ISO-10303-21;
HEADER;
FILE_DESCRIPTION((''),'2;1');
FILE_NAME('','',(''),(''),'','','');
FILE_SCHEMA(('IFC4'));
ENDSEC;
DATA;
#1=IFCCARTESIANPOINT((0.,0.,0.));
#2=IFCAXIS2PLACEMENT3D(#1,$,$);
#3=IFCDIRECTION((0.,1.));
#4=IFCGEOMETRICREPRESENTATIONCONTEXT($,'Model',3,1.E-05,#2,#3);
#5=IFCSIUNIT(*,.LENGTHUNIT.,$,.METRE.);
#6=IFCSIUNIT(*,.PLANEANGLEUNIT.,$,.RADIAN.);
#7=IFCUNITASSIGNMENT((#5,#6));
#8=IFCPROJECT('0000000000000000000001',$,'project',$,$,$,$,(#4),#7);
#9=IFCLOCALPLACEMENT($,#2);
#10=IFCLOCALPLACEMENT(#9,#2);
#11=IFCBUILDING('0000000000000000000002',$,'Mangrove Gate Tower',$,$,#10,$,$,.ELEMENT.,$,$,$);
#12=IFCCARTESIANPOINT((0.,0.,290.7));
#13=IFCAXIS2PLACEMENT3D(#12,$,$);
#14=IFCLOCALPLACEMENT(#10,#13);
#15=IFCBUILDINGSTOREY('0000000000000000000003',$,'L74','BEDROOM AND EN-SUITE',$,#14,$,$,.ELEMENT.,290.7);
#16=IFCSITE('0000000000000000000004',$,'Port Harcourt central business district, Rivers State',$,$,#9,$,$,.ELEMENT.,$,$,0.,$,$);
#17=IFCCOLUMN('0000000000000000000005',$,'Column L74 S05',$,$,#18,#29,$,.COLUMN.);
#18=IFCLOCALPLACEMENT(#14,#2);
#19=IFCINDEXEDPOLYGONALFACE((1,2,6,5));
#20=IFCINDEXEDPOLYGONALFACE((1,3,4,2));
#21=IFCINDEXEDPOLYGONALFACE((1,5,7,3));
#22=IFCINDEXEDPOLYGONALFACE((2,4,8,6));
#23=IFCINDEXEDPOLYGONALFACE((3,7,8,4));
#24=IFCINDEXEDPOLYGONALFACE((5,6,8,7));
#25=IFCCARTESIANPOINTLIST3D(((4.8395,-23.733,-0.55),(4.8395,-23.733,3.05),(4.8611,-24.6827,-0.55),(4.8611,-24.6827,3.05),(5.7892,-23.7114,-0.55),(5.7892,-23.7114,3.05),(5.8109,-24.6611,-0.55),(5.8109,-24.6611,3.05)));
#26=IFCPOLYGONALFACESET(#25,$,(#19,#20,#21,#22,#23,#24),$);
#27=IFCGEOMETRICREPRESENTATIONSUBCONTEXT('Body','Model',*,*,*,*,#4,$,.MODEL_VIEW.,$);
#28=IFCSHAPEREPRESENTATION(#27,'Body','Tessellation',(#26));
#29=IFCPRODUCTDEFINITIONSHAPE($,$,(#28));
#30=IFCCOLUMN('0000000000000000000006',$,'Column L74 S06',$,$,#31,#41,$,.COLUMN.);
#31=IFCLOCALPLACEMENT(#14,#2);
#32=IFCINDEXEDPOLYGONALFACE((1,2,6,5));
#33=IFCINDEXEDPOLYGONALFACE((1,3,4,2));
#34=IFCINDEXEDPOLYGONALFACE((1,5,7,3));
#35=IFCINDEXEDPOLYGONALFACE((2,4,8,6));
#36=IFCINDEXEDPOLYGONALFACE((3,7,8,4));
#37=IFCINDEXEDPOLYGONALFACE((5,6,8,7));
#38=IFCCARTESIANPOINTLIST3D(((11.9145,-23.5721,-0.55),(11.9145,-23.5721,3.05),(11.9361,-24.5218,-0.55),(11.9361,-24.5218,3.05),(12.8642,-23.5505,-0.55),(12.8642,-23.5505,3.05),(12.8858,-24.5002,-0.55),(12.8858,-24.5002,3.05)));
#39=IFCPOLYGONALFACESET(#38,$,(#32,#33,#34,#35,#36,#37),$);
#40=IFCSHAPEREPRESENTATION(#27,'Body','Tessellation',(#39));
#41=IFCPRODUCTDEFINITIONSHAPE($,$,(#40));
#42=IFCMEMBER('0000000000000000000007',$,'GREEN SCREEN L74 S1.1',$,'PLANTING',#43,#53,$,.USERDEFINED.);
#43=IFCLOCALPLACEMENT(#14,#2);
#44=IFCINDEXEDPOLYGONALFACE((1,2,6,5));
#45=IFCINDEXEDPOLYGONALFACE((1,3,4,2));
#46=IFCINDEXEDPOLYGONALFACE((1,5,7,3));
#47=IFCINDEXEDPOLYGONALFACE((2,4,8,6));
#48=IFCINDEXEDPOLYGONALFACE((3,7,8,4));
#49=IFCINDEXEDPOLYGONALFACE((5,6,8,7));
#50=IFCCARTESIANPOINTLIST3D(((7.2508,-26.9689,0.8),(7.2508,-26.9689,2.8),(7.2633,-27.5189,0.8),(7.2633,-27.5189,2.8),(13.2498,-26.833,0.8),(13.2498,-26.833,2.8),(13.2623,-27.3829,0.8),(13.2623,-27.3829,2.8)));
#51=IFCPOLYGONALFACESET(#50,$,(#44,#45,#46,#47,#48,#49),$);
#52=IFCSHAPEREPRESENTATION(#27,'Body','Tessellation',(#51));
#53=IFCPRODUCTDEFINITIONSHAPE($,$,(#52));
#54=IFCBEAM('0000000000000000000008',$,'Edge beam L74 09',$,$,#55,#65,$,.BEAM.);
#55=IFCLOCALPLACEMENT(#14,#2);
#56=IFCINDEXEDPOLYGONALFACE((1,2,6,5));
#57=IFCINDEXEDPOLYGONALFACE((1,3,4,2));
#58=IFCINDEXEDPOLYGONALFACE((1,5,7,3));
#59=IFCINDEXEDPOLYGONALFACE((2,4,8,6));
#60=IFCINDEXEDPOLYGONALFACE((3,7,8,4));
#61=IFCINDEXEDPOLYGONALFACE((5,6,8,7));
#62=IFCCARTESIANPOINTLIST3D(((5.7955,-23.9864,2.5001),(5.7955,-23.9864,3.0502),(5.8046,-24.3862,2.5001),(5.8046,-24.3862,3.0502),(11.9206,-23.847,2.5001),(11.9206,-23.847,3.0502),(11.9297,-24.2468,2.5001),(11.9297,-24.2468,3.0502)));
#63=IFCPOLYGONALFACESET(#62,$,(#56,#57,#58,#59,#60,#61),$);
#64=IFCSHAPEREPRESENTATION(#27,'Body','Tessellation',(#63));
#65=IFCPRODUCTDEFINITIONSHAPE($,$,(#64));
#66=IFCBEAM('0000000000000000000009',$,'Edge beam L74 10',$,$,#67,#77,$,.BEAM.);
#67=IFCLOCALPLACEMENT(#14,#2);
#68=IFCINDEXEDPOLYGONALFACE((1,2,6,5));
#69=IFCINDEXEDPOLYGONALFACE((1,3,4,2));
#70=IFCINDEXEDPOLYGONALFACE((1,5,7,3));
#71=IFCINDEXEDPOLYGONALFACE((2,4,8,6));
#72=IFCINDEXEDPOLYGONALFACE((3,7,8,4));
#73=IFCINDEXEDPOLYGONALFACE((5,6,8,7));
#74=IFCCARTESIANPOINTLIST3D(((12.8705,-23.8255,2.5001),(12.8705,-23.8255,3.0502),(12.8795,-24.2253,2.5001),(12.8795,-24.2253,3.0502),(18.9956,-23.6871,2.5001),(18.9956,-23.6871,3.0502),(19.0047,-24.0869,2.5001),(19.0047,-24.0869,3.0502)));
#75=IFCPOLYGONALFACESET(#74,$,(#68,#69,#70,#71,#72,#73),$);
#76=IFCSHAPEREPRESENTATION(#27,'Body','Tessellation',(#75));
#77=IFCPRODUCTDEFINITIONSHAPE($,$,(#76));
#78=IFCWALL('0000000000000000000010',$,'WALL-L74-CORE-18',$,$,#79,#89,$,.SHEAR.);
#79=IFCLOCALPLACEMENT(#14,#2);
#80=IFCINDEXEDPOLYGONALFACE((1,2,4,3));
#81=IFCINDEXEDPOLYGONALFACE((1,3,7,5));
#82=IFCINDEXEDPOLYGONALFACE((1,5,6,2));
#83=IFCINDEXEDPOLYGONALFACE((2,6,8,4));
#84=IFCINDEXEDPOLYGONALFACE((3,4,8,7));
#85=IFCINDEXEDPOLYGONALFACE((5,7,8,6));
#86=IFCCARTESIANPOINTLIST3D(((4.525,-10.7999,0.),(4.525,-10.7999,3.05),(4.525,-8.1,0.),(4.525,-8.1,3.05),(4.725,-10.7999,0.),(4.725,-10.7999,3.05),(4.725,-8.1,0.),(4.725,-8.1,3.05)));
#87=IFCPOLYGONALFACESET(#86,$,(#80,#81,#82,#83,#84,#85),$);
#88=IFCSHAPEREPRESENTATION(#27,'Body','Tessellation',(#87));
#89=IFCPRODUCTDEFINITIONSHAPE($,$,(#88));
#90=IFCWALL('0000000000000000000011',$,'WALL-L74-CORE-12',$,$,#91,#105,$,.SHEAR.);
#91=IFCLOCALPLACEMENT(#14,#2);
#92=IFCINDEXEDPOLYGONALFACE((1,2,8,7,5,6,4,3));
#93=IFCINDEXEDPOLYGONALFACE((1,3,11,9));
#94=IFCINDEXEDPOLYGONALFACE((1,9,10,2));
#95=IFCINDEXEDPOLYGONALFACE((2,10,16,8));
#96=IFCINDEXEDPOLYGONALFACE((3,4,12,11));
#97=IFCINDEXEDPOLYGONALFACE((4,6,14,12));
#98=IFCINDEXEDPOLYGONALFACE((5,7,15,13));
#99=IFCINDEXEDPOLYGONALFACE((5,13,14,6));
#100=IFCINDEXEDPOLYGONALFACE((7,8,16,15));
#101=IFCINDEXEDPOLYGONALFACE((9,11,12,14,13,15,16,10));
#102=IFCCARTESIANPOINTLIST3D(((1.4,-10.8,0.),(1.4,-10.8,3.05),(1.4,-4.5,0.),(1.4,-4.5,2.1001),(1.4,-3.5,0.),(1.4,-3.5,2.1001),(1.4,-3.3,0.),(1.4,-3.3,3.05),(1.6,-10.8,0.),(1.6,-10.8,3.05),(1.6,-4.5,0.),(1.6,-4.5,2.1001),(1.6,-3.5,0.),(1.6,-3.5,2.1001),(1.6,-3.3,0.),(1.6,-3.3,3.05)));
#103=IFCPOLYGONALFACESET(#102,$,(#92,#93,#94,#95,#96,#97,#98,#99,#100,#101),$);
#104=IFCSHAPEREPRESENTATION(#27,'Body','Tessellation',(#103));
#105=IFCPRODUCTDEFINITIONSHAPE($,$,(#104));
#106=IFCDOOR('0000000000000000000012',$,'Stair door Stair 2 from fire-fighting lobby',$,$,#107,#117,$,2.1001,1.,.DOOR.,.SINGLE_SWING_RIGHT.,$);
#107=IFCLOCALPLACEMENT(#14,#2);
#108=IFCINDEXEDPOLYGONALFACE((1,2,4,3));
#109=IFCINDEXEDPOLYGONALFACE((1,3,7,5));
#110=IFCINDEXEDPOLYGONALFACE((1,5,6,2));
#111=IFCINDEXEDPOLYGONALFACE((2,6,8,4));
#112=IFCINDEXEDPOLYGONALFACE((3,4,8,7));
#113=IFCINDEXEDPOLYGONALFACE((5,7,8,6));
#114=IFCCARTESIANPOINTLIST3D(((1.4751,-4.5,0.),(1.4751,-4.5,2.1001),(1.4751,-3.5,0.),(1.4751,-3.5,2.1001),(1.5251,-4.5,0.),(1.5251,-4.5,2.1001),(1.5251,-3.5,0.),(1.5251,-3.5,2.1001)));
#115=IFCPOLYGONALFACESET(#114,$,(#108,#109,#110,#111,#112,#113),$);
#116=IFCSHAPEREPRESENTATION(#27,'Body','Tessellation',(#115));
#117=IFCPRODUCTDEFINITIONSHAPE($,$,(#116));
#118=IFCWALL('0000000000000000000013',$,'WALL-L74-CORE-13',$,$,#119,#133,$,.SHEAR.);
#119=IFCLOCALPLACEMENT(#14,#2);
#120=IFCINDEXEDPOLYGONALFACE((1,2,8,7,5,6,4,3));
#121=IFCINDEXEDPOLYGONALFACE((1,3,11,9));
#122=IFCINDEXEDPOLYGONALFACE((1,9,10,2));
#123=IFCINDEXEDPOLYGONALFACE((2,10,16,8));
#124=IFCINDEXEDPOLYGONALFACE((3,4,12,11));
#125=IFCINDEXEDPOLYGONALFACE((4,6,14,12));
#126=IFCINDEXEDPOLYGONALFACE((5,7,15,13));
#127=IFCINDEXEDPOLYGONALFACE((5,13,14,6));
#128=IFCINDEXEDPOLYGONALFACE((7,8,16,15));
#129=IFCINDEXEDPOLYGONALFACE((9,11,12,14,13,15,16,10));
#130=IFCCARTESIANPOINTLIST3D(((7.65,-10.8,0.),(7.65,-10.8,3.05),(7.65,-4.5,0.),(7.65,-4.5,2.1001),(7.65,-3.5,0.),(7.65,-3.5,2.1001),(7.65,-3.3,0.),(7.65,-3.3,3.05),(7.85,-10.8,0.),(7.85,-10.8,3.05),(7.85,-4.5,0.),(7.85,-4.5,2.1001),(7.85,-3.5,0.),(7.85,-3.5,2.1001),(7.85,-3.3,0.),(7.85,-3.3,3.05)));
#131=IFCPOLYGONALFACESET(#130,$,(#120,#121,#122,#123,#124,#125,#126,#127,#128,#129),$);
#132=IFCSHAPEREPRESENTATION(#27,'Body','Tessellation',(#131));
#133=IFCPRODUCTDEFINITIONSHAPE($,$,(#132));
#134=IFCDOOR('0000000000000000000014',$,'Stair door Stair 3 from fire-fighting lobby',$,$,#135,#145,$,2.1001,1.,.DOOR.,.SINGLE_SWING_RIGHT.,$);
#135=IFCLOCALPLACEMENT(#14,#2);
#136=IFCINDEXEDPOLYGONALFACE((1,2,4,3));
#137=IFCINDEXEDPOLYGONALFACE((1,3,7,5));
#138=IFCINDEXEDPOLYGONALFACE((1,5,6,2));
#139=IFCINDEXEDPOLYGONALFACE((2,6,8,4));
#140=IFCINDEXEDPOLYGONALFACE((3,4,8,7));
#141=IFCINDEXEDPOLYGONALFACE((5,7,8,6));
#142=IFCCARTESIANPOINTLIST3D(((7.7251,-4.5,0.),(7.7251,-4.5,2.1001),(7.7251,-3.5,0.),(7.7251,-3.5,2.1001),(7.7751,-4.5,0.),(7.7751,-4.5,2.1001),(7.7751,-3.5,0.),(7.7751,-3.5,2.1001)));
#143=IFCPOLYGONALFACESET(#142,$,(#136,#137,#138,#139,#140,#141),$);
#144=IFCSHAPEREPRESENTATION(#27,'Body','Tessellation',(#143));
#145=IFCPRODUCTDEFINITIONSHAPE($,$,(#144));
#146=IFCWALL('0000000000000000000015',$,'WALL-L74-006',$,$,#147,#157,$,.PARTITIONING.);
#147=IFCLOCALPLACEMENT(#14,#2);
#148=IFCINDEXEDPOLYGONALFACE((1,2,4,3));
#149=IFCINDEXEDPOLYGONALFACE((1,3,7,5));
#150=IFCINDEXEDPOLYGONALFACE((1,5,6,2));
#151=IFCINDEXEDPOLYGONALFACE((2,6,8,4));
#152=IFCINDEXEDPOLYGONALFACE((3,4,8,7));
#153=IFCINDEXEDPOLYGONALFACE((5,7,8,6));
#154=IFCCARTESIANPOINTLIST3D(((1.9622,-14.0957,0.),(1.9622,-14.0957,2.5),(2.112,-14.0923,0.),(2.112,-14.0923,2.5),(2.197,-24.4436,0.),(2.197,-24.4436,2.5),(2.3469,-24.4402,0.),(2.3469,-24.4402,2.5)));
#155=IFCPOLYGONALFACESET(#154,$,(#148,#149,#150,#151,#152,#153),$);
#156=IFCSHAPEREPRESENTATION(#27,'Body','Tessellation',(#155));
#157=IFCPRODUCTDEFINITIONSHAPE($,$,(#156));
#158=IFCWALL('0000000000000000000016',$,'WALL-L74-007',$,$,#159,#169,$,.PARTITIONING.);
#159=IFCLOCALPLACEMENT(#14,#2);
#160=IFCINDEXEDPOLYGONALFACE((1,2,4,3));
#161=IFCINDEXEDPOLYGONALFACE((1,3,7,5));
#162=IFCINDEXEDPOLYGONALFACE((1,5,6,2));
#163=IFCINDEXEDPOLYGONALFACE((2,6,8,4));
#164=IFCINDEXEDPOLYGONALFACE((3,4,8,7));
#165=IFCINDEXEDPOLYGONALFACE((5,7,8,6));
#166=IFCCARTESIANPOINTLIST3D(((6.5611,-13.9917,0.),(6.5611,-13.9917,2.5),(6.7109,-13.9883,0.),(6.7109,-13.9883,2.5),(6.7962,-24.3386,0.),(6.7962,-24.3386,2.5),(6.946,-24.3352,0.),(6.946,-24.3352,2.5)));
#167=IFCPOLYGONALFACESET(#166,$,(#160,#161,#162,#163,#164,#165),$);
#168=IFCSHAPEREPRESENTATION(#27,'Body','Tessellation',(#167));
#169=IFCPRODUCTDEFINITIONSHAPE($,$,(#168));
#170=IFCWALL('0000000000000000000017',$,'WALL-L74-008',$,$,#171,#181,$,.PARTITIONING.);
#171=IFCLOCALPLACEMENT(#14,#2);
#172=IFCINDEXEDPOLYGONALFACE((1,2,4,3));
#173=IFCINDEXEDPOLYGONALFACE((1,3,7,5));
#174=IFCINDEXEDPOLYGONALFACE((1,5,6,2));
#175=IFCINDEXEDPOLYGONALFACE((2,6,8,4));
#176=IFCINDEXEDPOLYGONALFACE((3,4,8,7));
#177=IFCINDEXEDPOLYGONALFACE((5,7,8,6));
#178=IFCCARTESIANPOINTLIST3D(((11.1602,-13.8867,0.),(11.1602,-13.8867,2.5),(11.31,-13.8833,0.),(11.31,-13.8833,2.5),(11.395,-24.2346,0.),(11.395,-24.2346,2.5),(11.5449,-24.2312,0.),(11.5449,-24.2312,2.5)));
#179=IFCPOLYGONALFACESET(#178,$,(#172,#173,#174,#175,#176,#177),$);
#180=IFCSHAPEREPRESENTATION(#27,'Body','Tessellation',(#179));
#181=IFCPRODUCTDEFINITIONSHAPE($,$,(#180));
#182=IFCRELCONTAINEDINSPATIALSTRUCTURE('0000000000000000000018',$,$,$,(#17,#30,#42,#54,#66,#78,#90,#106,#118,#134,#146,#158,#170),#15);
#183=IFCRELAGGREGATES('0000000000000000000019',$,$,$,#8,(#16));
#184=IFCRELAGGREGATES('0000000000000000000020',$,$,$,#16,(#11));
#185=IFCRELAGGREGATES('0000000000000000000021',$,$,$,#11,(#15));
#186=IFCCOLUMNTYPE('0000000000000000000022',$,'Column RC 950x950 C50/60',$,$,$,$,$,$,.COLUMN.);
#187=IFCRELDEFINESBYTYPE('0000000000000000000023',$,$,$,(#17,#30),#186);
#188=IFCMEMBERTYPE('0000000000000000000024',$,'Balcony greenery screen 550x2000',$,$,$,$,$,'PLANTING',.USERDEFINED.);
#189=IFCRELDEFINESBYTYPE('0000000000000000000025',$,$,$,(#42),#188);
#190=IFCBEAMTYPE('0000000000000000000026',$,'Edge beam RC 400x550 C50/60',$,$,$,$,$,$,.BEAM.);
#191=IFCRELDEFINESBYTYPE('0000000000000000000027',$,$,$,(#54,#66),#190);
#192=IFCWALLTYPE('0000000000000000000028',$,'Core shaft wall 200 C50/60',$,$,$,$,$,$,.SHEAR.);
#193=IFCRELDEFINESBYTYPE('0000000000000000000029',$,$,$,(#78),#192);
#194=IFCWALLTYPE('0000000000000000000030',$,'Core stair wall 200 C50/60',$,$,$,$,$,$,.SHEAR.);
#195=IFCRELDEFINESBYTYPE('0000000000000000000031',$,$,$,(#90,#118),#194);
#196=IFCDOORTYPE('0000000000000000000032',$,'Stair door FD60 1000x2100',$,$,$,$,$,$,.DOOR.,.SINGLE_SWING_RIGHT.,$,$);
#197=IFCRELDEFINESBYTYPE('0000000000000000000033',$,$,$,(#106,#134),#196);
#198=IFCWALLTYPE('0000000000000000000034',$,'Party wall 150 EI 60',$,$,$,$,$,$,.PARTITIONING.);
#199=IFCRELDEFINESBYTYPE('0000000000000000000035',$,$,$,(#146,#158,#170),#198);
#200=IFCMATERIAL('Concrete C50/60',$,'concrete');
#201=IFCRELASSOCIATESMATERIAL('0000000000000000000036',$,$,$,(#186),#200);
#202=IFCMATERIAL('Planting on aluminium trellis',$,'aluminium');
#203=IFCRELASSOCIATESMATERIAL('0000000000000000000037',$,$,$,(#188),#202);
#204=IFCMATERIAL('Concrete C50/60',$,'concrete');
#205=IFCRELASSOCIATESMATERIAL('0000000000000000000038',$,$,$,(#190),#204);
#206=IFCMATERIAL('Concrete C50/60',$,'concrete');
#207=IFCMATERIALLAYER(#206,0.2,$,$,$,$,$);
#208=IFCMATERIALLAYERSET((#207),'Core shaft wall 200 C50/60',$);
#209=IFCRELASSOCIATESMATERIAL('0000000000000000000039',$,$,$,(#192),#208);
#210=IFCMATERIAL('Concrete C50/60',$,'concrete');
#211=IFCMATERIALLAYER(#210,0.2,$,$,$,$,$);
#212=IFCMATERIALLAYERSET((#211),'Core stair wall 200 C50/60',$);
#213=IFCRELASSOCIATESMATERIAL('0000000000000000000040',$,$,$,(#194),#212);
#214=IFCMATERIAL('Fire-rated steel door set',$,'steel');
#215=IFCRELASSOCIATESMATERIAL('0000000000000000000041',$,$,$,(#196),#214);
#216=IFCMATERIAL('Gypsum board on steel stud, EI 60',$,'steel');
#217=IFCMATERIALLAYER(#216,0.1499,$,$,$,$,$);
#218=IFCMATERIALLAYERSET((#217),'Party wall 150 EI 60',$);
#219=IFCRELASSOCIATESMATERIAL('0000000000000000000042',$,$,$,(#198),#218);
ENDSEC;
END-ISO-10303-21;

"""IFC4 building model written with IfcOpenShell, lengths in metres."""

from ifc_helpers import new_model, si_unit, direction, frame, frame_2d, origin, origin_2d, place, context, subcontext, project, spatial, rectangle, extrude, material, layer, layer_set, material_profile, profile_set, type_object, element, fill, save


model = new_model("IFC4")

# Units and contexts
model_context = context("Model", 3, precision=1e-05, world=origin(), true_north=direction((0.0, 1.0)))
body_context = subcontext(model_context, "Body", "Model", "MODEL_VIEW")
ifc_project = project(units=[si_unit("LENGTHUNIT", "METRE"), si_unit("PLANEANGLEUNIT", "RADIAN")], contexts=[model_context])

# Site, building, storey
site_placement = place(None, origin())
site = spatial("IfcSite", under=ifc_project, at=site_placement, Name="Port Harcourt central business district, Rivers State", CompositionType="ELEMENT", RefElevation=0.0)
building_placement = place(site_placement, origin())
building = spatial("IfcBuilding", under=site, at=building_placement, Name="Mangrove Gate Tower", CompositionType="ELEMENT")
storey_placement = place(building_placement, frame((0.0, 0.0, 290.7)))
storey = spatial("IfcBuildingStorey", under=building, at=storey_placement, Name="L74", Description="BEDROOM AND EN-SUITE", CompositionType="ELEMENT", Elevation=290.7)

# Columns
ifc_material_1 = material(Name="Concrete C50/60", Category="concrete")
ifc_material_profile_1 = material_profile(ifc_material_1, rectangle(XDim=0.95, YDim=0.95, at=origin_2d()))
ifc_profile_set_1 = profile_set([ifc_material_profile_1], Name="Concrete C50/60")
column_type = type_object("IfcColumnType", Name="Column RC 950x950 C50/60", PredefinedType="COLUMN", material=ifc_profile_set_1)
for number, where, z_axis, x_axis, name in (
    (1, (5.3252, -24.197, -0.55), (0.0, 0.0, 1.0), (0.999741, 0.022752, 0.0), "Column L74 S05"),
    (2, (12.4001, -24.0361, -0.55), (0.0, 0.0, 1.0), (0.999743, 0.02268, 0.0), "Column L74 S06"),
):
    element("IfcColumn", number, at=place(storey_placement, frame(where, z_axis=z_axis, x_axis=x_axis)), inside=storey, type_object=column_type, Name=name, PredefinedType="COLUMN", context=body_context, shape_type="SweptSolid", body=[
        extrude(rectangle(XDim=0.95, YDim=0.95, at=origin_2d()), origin(), (0.0, 0.0, 1.0), 3.6001),
    ])

# Member
ifc_material_2 = material(Name="Planting on aluminium trellis", Category="aluminium")
ifc_material_profile_2 = material_profile(ifc_material_2, rectangle(XDim=0.55, YDim=2.0, at=origin_2d()))
ifc_profile_set_2 = profile_set([ifc_material_profile_2], Name="Planting on aluminium trellis")
member_type = type_object("IfcMemberType", Name="Balcony greenery screen 550x2000", ElementType="PLANTING", PredefinedType="USERDEFINED", material=ifc_profile_set_2)
member_placement = place(storey_placement, frame((7.2571, -27.2439, 1.8), z_axis=(0.999743, 0.022662, 0.0), x_axis=(-0.022662, 0.999743, 0.0)))
element("IfcMember", 3, at=member_placement, inside=storey, type_object=member_type, Name="GREEN SCREEN L74 S1.1", ObjectType="PLANTING", PredefinedType="USERDEFINED", context=body_context, shape_type="SweptSolid", body=[
    extrude(rectangle(XDim=0.55, YDim=2.0, at=origin_2d()), origin(), (0.0, 0.0, 1.0), 6.0005),
])

# Beams
ifc_material_3 = material(Name="Concrete C50/60", Category="concrete")
ifc_material_profile_3 = material_profile(ifc_material_3, rectangle(XDim=0.3999, YDim=0.55, at=origin_2d()))
ifc_profile_set_3 = profile_set([ifc_material_profile_3], Name="Concrete C50/60")
beam_type = type_object("IfcBeamType", Name="Edge beam RC 400x550 C50/60", PredefinedType="BEAM", material=ifc_profile_set_3)
for number, where, z_axis, x_axis, name in (
    (4, (5.8, -24.1863, 2.7751), (0.999741, 0.022753, 0.0), (-0.022753, 0.999741, 0.0), "Edge beam L74 09"),
    (5, (12.875, -24.0254, 2.7751), (0.999745, 0.022594, 0.0), (-0.022594, 0.999745, 0.0), "Edge beam L74 10"),
):
    element("IfcBeam", number, at=place(storey_placement, frame(where, z_axis=z_axis, x_axis=x_axis)), inside=storey, type_object=beam_type, Name=name, PredefinedType="BEAM", context=body_context, shape_type="SweptSolid", body=[
        extrude(rectangle(XDim=0.3999, YDim=0.55, at=origin_2d()), origin(), (0.0, 0.0, 1.0), 6.1267),
    ])

# Wall
ifc_material_4 = material(Name="Concrete C50/60", Category="concrete")
ifc_layer_1 = layer(ifc_material_4, 0.2)
ifc_layer_set_1 = layer_set([ifc_layer_1], Name="Core shaft wall 200 C50/60")
wall_type_1 = type_object("IfcWallType", Name="Core shaft wall 200 C50/60", PredefinedType="SHEAR", material=ifc_layer_set_1)
wall_1_placement = place(storey_placement, frame((4.625, -10.8, 0.0), z_axis=(0.0, 0.0, 1.0), x_axis=(0.0, 1.0, 0.0)))
element("IfcWall", 6, at=wall_1_placement, inside=storey, type_object=wall_type_1, Name="WALL-L74-CORE-18", PredefinedType="SHEAR", context=body_context, shape_type="SweptSolid", body=[
    extrude(rectangle(XDim=2.7, YDim=0.2, at=frame_2d((1.3501, 0.0))), origin(), (0.0, 0.0, 1.0), 3.05),
])

# Walls, openings, doors
ifc_material_5 = material(Name="Concrete C50/60", Category="concrete")
ifc_layer_2 = layer(ifc_material_5, 0.2)
ifc_layer_set_2 = layer_set([ifc_layer_2], Name="Core stair wall 200 C50/60")
wall_type_2 = type_object("IfcWallType", Name="Core stair wall 200 C50/60", PredefinedType="SHEAR", material=ifc_layer_set_2)
wall_2_placement = place(storey_placement, frame((1.5, -10.8, 0.0), z_axis=(0.0, 0.0, 1.0), x_axis=(0.0, 1.0, 0.0)))
wall_2 = element("IfcWall", 7, at=wall_2_placement, inside=storey, type_object=wall_type_2, Name="WALL-L74-CORE-12", PredefinedType="SHEAR", context=body_context, shape_type="SweptSolid", body=[
    extrude(rectangle(XDim=7.5, YDim=0.2, at=frame_2d((3.75, 0.0))), origin(), (0.0, 0.0, 1.0), 3.05),
])
opening_1_placement = place(wall_2_placement, frame((6.3, 0.0, 0.0)))
opening_1 = element("IfcOpeningElement", 8, at=opening_1_placement, cuts=wall_2, PredefinedType="OPENING", context=body_context, shape_type="SweptSolid", body=[
    extrude(rectangle(XDim=1.0, YDim=2.1001, at=frame_2d((0.5, 1.05))), frame((0.0, 0.1099, 0.0), z_axis=(0.0, -1.0, 0.0), x_axis=(1.0, 0.0, 0.0)), (0.0, 0.0, 1.0), 0.22),
])
ifc_material_6 = material(Name="Fire-rated steel door set", Category="steel")
door_type_1 = type_object("IfcDoorType", Name="Stair door FD60 1000x2100", OperationType="SINGLE_SWING_RIGHT", PredefinedType="DOOR", material=ifc_material_6)
door_1_placement = place(opening_1_placement, origin())
door_1 = element("IfcDoor", 9, at=door_1_placement, inside=storey, type_object=door_type_1, Name="Stair door Stair 2 from fire-fighting lobby", OperationType="SINGLE_SWING_RIGHT", OverallHeight=2.1001, OverallWidth=1.0, PredefinedType="DOOR", context=body_context, shape_type="SweptSolid", body=[
    extrude(rectangle(XDim=1.0, YDim=2.1001, at=frame_2d((0.5, 1.05))), frame((0.0, 0.0249, 0.0), z_axis=(0.0, -1.0, 0.0), x_axis=(1.0, 0.0, 0.0)), (0.0, 0.0, 1.0), 0.05),
])
fill(opening_1, door_1)
wall_3_placement = place(storey_placement, frame((7.75, -10.8, 0.0), z_axis=(0.0, 0.0, 1.0), x_axis=(0.0, 1.0, 0.0)))
wall_3 = element("IfcWall", 10, at=wall_3_placement, inside=storey, type_object=wall_type_2, Name="WALL-L74-CORE-13", PredefinedType="SHEAR", context=body_context, shape_type="SweptSolid", body=[
    extrude(rectangle(XDim=7.5, YDim=0.2, at=frame_2d((3.75, 0.0))), origin(), (0.0, 0.0, 1.0), 3.05),
])
opening_2_placement = place(wall_3_placement, frame((6.3, 0.0, 0.0)))
opening_2 = element("IfcOpeningElement", 11, at=opening_2_placement, cuts=wall_3, PredefinedType="OPENING", context=body_context, shape_type="SweptSolid", body=[
    extrude(rectangle(XDim=1.0, YDim=2.1001, at=frame_2d((0.5, 1.05))), frame((0.0, 0.1099, 0.0), z_axis=(0.0, -1.0, 0.0), x_axis=(1.0, 0.0, 0.0)), (0.0, 0.0, 1.0), 0.22),
])
door_2_placement = place(opening_2_placement, origin())
door_2 = element("IfcDoor", 12, at=door_2_placement, inside=storey, type_object=door_type_1, Name="Stair door Stair 3 from fire-fighting lobby", OperationType="SINGLE_SWING_RIGHT", OverallHeight=2.1001, OverallWidth=1.0, PredefinedType="DOOR", context=body_context, shape_type="SweptSolid", body=[
    extrude(rectangle(XDim=1.0, YDim=2.1001, at=frame_2d((0.5, 1.05))), frame((0.0, 0.0249, 0.0), z_axis=(0.0, -1.0, 0.0), x_axis=(1.0, 0.0, 0.0)), (0.0, 0.0, 1.0), 0.05),
])
fill(opening_2, door_2)

# Walls
ifc_material_7 = material(Name="Gypsum board on steel stud, EI 60", Category="steel")
ifc_layer_3 = layer(ifc_material_7, 0.1499)
ifc_layer_set_3 = layer_set([ifc_layer_3], Name="Party wall 150 EI 60")
wall_type_3 = type_object("IfcWallType", Name="Party wall 150 EI 60", PredefinedType="PARTITIONING", material=ifc_layer_set_3)
wall_4_placement = place(storey_placement, frame((2.272, -24.4419, 0.0), z_axis=(0.0, 0.0, 1.0), x_axis=(-0.022691, 0.999743, 0.0)))
element("IfcWall", 13, at=wall_4_placement, inside=storey, type_object=wall_type_3, Name="WALL-L74-006", PredefinedType="PARTITIONING", context=body_context, shape_type="SweptSolid", body=[
    extrude(rectangle(XDim=10.3506, YDim=0.1499, at=frame_2d((5.1753, 0.0))), origin(), (0.0, 0.0, 1.0), 2.5),
])
wall_5_placement = place(storey_placement, frame((6.8711, -24.3369, 0.0), z_axis=(0.0, 0.0, 1.0), x_axis=(-0.022717, 0.999742, 0.0)))
element("IfcWall", 14, at=wall_5_placement, inside=storey, type_object=wall_type_3, Name="WALL-L74-007", PredefinedType="PARTITIONING", context=body_context, shape_type="SweptSolid", body=[
    extrude(rectangle(XDim=10.3496, YDim=0.1499, at=frame_2d((5.1748, 0.0))), origin(), (0.0, 0.0, 1.0), 2.5),
])
wall_6_placement = place(storey_placement, frame((11.47, -24.2329, 0.0), z_axis=(0.0, 0.0, 1.0), x_axis=(-0.022691, 0.999743, 0.0)))
element("IfcWall", 15, at=wall_6_placement, inside=storey, type_object=wall_type_3, Name="WALL-L74-008", PredefinedType="PARTITIONING", context=body_context, shape_type="SweptSolid", body=[
    extrude(rectangle(XDim=10.3506, YDim=0.1499, at=frame_2d((5.1753, 0.0))), origin(), (0.0, 0.0, 1.0), 2.5),
])

save(model, "model.ifc")
